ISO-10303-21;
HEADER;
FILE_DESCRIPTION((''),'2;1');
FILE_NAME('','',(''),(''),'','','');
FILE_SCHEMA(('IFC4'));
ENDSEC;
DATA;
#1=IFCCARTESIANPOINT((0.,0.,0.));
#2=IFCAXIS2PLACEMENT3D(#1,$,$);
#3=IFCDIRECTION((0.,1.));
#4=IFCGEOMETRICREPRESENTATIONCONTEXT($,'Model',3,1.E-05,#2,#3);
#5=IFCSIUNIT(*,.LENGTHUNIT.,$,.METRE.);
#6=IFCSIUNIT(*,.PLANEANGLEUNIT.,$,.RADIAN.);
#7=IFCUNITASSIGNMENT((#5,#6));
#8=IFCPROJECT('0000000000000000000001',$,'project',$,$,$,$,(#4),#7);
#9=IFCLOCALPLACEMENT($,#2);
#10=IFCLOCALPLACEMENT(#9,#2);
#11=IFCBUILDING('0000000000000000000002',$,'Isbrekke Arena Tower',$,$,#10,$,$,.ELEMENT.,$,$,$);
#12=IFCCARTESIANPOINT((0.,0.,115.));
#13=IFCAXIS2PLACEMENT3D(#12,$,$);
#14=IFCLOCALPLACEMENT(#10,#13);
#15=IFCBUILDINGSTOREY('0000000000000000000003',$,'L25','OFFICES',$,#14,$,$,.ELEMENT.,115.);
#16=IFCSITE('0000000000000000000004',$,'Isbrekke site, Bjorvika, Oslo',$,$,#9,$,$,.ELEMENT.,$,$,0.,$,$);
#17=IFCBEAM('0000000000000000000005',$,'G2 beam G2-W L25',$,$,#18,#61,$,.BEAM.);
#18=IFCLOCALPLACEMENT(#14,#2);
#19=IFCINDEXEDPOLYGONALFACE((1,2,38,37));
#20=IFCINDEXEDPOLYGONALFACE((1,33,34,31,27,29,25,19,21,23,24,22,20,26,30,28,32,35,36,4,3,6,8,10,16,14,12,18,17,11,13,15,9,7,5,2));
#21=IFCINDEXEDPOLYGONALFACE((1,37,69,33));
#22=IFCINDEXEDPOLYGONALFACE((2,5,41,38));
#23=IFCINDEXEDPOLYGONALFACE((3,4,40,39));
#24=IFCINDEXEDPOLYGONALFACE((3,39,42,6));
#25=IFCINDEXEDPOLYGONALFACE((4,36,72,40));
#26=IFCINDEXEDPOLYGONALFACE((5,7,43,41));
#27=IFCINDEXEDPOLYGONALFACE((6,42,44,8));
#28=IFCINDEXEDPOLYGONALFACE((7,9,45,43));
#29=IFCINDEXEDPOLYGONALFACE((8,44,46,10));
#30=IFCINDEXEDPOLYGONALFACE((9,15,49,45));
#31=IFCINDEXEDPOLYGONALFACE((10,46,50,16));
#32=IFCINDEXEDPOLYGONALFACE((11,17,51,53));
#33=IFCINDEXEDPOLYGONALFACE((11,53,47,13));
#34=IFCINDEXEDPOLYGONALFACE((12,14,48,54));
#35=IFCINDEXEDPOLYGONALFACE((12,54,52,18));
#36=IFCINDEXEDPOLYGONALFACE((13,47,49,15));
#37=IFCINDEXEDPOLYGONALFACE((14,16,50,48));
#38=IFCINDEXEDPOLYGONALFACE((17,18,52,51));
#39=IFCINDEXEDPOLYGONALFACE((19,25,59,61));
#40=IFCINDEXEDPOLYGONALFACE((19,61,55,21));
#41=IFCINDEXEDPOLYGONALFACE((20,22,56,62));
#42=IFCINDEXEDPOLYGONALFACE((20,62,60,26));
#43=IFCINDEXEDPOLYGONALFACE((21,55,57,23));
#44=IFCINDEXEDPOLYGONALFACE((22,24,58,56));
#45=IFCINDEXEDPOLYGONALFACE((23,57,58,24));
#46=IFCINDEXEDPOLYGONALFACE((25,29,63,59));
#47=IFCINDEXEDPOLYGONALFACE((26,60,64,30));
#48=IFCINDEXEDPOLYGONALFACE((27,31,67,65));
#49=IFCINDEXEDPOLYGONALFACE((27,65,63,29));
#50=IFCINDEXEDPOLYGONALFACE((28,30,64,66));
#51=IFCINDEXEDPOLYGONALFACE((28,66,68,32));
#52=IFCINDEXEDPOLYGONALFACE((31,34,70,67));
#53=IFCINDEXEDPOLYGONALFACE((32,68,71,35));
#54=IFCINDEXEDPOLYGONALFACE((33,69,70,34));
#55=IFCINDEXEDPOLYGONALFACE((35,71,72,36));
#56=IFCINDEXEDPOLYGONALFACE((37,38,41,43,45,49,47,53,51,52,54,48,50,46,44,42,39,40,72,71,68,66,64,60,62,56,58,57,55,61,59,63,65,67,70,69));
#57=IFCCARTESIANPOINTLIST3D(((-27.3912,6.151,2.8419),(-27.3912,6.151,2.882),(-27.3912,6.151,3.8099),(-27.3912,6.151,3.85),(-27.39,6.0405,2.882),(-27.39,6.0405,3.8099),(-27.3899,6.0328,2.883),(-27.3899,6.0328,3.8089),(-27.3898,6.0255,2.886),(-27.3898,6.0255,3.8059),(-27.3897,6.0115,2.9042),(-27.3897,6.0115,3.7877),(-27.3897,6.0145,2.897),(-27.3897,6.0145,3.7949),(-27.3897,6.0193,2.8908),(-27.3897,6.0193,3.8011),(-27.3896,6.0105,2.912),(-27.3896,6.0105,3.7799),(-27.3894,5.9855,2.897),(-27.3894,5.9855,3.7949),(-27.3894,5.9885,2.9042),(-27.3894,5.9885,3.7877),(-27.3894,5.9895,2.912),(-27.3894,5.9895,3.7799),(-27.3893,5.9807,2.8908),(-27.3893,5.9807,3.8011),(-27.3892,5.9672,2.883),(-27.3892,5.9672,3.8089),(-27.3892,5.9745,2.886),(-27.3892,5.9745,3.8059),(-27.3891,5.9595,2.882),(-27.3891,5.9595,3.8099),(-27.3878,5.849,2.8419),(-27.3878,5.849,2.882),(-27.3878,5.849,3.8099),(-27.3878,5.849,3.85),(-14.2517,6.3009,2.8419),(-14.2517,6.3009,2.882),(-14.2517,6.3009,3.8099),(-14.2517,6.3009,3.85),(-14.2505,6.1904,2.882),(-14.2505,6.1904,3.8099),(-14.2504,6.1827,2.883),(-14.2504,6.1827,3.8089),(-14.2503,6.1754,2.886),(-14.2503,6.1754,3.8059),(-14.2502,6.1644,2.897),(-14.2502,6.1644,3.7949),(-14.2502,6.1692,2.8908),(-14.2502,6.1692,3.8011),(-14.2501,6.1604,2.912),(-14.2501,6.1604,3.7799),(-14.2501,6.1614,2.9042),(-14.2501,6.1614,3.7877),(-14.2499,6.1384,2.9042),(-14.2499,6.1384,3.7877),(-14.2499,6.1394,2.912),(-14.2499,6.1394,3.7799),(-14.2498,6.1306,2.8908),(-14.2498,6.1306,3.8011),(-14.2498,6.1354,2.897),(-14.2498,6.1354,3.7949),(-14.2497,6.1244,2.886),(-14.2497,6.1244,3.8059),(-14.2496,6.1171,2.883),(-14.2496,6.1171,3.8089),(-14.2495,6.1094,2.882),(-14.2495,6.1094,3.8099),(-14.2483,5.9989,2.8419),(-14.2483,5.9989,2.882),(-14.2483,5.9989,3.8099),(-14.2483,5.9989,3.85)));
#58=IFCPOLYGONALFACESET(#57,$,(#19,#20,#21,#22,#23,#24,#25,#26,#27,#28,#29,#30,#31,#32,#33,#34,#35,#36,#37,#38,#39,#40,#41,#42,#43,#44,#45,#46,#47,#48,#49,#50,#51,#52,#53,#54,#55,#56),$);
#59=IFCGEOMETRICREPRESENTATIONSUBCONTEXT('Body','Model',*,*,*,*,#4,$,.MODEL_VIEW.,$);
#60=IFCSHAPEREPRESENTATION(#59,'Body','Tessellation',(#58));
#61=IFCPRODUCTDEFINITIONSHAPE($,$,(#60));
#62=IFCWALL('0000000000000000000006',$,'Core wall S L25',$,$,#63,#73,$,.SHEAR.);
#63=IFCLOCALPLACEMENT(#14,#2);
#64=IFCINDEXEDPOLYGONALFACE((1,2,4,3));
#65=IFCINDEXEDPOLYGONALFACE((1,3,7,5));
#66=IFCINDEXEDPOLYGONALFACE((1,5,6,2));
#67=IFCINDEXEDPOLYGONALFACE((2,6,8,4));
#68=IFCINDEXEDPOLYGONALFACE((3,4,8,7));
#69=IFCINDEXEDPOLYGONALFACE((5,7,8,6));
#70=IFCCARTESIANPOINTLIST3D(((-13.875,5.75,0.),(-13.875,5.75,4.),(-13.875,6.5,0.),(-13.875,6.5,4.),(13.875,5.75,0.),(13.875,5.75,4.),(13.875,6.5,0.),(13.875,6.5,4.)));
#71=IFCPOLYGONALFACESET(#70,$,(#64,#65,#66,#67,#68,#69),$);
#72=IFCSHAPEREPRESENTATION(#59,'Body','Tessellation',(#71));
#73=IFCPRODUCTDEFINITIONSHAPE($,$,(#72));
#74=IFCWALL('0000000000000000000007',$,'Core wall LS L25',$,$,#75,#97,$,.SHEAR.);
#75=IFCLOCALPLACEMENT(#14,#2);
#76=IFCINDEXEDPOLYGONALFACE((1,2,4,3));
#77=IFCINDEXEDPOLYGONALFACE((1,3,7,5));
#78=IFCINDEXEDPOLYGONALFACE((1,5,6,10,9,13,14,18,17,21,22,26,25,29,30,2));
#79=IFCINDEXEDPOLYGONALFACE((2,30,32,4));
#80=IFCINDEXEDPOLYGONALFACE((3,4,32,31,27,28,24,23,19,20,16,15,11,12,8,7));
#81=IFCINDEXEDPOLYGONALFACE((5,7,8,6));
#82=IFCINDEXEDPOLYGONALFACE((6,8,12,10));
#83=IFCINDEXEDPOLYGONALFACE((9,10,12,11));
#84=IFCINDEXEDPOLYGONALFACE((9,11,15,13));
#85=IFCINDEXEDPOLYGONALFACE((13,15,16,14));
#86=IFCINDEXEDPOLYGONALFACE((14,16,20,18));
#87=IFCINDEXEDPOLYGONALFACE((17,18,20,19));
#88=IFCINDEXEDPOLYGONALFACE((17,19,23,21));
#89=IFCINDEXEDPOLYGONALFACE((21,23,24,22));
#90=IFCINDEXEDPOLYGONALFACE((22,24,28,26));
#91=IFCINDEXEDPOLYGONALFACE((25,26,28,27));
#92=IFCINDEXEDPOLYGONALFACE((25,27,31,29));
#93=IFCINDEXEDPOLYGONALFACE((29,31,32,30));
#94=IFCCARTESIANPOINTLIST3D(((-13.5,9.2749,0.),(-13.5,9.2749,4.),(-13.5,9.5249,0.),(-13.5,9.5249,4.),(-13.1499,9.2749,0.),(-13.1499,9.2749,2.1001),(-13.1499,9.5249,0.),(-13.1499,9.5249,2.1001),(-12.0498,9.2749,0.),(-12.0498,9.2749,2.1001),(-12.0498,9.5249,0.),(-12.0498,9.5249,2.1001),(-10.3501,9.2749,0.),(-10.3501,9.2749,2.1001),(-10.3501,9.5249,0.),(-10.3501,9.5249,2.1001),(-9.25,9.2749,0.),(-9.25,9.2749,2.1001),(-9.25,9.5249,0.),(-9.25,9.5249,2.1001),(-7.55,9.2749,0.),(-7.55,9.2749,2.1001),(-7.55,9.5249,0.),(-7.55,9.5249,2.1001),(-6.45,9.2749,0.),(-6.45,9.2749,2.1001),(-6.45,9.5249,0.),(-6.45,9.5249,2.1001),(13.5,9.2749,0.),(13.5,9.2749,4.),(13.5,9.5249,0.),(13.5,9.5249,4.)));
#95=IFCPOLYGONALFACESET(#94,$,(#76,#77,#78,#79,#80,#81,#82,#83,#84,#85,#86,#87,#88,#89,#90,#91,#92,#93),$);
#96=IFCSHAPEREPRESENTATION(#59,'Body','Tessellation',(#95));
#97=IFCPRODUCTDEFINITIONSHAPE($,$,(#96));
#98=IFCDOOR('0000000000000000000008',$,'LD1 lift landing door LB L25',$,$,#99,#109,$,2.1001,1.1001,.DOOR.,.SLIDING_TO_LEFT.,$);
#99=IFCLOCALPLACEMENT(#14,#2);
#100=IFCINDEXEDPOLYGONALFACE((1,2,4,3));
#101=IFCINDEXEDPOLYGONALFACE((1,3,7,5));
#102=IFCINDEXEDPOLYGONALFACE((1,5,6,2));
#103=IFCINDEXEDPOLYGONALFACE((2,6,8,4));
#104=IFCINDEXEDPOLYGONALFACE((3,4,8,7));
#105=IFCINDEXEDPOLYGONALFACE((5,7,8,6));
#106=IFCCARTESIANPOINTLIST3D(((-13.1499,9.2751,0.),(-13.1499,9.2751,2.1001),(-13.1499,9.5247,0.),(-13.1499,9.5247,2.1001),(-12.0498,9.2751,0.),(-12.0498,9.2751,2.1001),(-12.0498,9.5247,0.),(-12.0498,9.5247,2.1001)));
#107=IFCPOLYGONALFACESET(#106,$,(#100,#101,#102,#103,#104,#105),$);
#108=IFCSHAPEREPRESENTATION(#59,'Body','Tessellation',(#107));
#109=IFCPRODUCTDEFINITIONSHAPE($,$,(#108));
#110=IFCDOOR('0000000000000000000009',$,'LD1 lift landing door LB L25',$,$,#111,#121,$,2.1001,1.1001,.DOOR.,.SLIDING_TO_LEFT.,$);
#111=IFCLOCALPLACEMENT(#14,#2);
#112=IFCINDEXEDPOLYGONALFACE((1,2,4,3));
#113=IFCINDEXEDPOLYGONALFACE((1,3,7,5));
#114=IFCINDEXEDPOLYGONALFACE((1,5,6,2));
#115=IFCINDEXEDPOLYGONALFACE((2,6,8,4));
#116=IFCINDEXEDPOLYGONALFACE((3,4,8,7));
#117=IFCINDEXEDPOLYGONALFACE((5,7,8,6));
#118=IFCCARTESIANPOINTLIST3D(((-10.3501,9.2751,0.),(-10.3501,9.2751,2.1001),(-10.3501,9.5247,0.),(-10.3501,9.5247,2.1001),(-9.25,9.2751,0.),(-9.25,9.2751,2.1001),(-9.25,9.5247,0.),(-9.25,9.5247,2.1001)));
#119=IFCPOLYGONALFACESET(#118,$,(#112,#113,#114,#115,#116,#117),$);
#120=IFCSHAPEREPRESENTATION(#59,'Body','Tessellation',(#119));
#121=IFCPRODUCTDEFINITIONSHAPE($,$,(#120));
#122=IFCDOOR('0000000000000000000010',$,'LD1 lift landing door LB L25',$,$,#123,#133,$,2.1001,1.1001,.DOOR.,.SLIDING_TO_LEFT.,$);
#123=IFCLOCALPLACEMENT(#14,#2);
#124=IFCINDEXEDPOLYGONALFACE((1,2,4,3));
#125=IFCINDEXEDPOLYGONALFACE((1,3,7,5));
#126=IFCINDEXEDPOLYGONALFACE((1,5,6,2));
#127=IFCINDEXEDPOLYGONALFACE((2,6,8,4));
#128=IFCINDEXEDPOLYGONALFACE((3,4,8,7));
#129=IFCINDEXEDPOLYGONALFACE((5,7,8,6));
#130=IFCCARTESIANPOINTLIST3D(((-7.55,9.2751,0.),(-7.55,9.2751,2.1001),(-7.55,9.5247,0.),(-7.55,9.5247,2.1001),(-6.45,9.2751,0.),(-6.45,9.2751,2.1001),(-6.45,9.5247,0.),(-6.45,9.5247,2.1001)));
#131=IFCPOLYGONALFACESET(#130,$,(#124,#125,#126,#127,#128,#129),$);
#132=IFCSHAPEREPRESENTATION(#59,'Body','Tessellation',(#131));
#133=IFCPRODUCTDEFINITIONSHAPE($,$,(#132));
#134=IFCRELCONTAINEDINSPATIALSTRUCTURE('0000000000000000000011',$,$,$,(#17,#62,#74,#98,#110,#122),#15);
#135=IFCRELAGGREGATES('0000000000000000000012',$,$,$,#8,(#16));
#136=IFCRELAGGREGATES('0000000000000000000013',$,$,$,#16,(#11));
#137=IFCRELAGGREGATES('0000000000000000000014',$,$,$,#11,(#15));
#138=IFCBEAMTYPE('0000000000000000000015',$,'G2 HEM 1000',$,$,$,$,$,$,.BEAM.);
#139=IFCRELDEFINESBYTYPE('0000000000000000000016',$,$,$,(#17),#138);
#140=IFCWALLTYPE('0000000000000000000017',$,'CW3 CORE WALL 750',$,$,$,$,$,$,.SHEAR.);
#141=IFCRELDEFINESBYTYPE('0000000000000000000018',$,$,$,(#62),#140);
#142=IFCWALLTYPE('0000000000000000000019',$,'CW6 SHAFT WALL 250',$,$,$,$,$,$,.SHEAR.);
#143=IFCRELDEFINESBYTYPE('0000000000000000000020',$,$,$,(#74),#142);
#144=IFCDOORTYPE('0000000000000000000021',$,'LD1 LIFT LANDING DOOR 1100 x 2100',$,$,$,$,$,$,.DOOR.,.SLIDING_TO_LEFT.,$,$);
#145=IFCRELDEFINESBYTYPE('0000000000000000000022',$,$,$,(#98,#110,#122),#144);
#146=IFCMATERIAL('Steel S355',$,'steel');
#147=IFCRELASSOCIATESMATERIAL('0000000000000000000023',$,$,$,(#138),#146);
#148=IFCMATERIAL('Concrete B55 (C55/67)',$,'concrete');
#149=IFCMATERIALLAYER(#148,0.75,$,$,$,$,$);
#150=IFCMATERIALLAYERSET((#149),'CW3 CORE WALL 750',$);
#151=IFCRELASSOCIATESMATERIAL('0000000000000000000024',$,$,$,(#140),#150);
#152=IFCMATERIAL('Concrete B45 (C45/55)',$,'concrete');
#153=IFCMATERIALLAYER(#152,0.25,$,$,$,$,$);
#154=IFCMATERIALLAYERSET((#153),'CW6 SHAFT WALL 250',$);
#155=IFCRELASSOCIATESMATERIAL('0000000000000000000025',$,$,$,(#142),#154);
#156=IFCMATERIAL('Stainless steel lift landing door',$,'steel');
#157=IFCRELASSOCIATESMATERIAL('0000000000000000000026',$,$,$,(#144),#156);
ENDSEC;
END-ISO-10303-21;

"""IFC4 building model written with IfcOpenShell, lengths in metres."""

from ifc_helpers import new_model, si_unit, direction, frame, frame_2d, origin, origin_2d, place, context, subcontext, project, spatial, rectangle, i_section, extrude, material, layer, layer_set, material_profile, profile_set, type_object, element, fill, save


model = new_model("IFC4")

# Units and contexts
model_context = context("Model", 3, precision=1e-05, world=origin(), true_north=direction((0.0, 1.0)))
body_context = subcontext(model_context, "Body", "Model", "MODEL_VIEW")
ifc_project = project(units=[si_unit("LENGTHUNIT", "METRE"), si_unit("PLANEANGLEUNIT", "RADIAN")], contexts=[model_context])

# Site, building, storey
site_placement = place(None, origin())
site = spatial("IfcSite", under=ifc_project, at=site_placement, Name="Isbrekke site, Bjorvika, Oslo", CompositionType="ELEMENT", RefElevation=0.0)
building_placement = place(site_placement, origin())
building = spatial("IfcBuilding", under=site, at=building_placement, Name="Isbrekke Arena Tower", CompositionType="ELEMENT")
storey_placement = place(building_placement, frame((0.0, 0.0, 115.0)))
storey = spatial("IfcBuildingStorey", under=building, at=storey_placement, Name="L25", Description="OFFICES", CompositionType="ELEMENT", Elevation=115.0)

# Beam
ifc_material_1 = material(Name="Steel S355", Category="steel")
ifc_material_profile = material_profile(ifc_material_1, i_section(OverallWidth=0.302, OverallDepth=1.0081, WebThickness=0.021, FlangeThickness=0.04, FilletRadius=0.03, at=origin_2d()), Name="HEM 1000")
ifc_profile_set = profile_set([ifc_material_profile], Name="Steel S355")
beam_type = type_object("IfcBeamType", Name="G2 HEM 1000", PredefinedType="BEAM", material=ifc_profile_set)
beam_placement = place(storey_placement, frame((-14.25, 6.1499, 3.3459), z_axis=(-0.999935, -0.011408, 0.0), x_axis=(0.011408, -0.999935, 0.0)))
element("IfcBeam", 1, at=beam_placement, inside=storey, type_object=beam_type, Name="G2 beam G2-W L25", PredefinedType="BEAM", context=body_context, shape_type="SweptSolid", body=[
    extrude(i_section(OverallWidth=0.302, OverallDepth=1.0081, WebThickness=0.021, FlangeThickness=0.04, FilletRadius=0.03, at=origin_2d()), origin(), (0.0, 0.0, 1.0), 13.1404),
])

# Wall
ifc_material_2 = material(Name="Concrete B55 (C55/67)", Category="concrete")
ifc_layer_1 = layer(ifc_material_2, 0.75)
ifc_layer_set_1 = layer_set([ifc_layer_1], Name="CW3 CORE WALL 750")
wall_type_1 = type_object("IfcWallType", Name="CW3 CORE WALL 750", PredefinedType="SHEAR", material=ifc_layer_set_1)
wall_1_placement = place(storey_placement, frame((-13.875, 6.125, 0.0), z_axis=(0.0, 0.0, 1.0), x_axis=(1.0, 0.0, 0.0)))
element("IfcWall", 2, at=wall_1_placement, inside=storey, type_object=wall_type_1, Name="Core wall S L25", PredefinedType="SHEAR", context=body_context, shape_type="SweptSolid", body=[
    extrude(rectangle(XDim=27.75, YDim=0.75, at=frame_2d((13.875, 0.0))), origin(), (0.0, 0.0, 1.0), 4.0),
])

# Wall, openings, doors
ifc_material_3 = material(Name="Concrete B45 (C45/55)", Category="concrete")
ifc_layer_2 = layer(ifc_material_3, 0.25)
ifc_layer_set_2 = layer_set([ifc_layer_2], Name="CW6 SHAFT WALL 250")
wall_type_2 = type_object("IfcWallType", Name="CW6 SHAFT WALL 250", PredefinedType="SHEAR", material=ifc_layer_set_2)
wall_2_placement = place(storey_placement, frame((-13.5, 9.3999, 0.0), z_axis=(0.0, 0.0, 1.0), x_axis=(1.0, 0.0, 0.0)))
wall_2 = element("IfcWall", 3, at=wall_2_placement, inside=storey, type_object=wall_type_2, Name="Core wall LS L25", PredefinedType="SHEAR", context=body_context, shape_type="SweptSolid", body=[
    extrude(rectangle(XDim=27.0, YDim=0.25, at=frame_2d((13.5, 0.0))), origin(), (0.0, 0.0, 1.0), 4.0),
])
opening_1_placement = place(wall_2_placement, frame((0.3501, 0.0, 0.0)))
opening_1 = element("IfcOpeningElement", 4, at=opening_1_placement, cuts=wall_2, PredefinedType="OPENING", context=body_context, shape_type="SweptSolid", body=[
    extrude(rectangle(XDim=1.1001, YDim=2.1001, at=frame_2d((0.55, 1.05))), frame((0.0, 0.1399, 0.0), z_axis=(0.0, -1.0, 0.0), x_axis=(1.0, 0.0, 0.0)), (0.0, 0.0, 1.0), 0.2798),
])
opening_2_placement = place(wall_2_placement, frame((3.1499, 0.0, 0.0)))
opening_2 = element("IfcOpeningElement", 5, at=opening_2_placement, cuts=wall_2, PredefinedType="OPENING", context=body_context, shape_type="SweptSolid", body=[
    extrude(rectangle(XDim=1.1001, YDim=2.1001, at=frame_2d((0.55, 1.05))), frame((0.0, 0.1399, 0.0), z_axis=(0.0, -1.0, 0.0), x_axis=(1.0, 0.0, 0.0)), (0.0, 0.0, 1.0), 0.2798),
])
opening_3_placement = place(wall_2_placement, frame((5.95, 0.0, 0.0)))
opening_3 = element("IfcOpeningElement", 6, at=opening_3_placement, cuts=wall_2, PredefinedType="OPENING", context=body_context, shape_type="SweptSolid", body=[
    extrude(rectangle(XDim=1.1001, YDim=2.1001, at=frame_2d((0.55, 1.05))), frame((0.0, 0.1399, 0.0), z_axis=(0.0, -1.0, 0.0), x_axis=(1.0, 0.0, 0.0)), (0.0, 0.0, 1.0), 0.2798),
])
ifc_material_4 = material(Name="Stainless steel lift landing door", Category="steel")
door_type_1 = type_object("IfcDoorType", Name="LD1 LIFT LANDING DOOR 1100 x 2100", OperationType="SLIDING_TO_LEFT", PredefinedType="DOOR", material=ifc_material_4)
door_1_placement = place(opening_1_placement, origin())
door_1 = element("IfcDoor", 7, at=door_1_placement, inside=storey, type_object=door_type_1, Name="LD1 lift landing door LB L25", OperationType="SLIDING_TO_LEFT", OverallHeight=2.1001, OverallWidth=1.1001, PredefinedType="DOOR", context=body_context, shape_type="SweptSolid", body=[
    extrude(rectangle(XDim=1.1001, YDim=2.1001, at=frame_2d((0.55, 1.05))), frame((0.0, 0.1248, 0.0), z_axis=(0.0, -1.0, 0.0), x_axis=(1.0, 0.0, 0.0)), (0.0, 0.0, 1.0), 0.2495),
])
fill(opening_1, door_1)
door_2_placement = place(opening_2_placement, origin())
door_2 = element("IfcDoor", 8, at=door_2_placement, inside=storey, type_object=door_type_1, Name="LD1 lift landing door LB L25", OperationType="SLIDING_TO_LEFT", OverallHeight=2.1001, OverallWidth=1.1001, PredefinedType="DOOR", context=body_context, shape_type="SweptSolid", body=[
    extrude(rectangle(XDim=1.1001, YDim=2.1001, at=frame_2d((0.55, 1.05))), frame((0.0, 0.1248, 0.0), z_axis=(0.0, -1.0, 0.0), x_axis=(1.0, 0.0, 0.0)), (0.0, 0.0, 1.0), 0.2495),
])
fill(opening_2, door_2)
door_3_placement = place(opening_3_placement, origin())
door_3 = element("IfcDoor", 9, at=door_3_placement, inside=storey, type_object=door_type_1, Name="LD1 lift landing door LB L25", OperationType="SLIDING_TO_LEFT", OverallHeight=2.1001, OverallWidth=1.1001, PredefinedType="DOOR", context=body_context, shape_type="SweptSolid", body=[
    extrude(rectangle(XDim=1.1001, YDim=2.1001, at=frame_2d((0.55, 1.05))), frame((0.0, 0.1248, 0.0), z_axis=(0.0, -1.0, 0.0), x_axis=(1.0, 0.0, 0.0)), (0.0, 0.0, 1.0), 0.2495),
])
fill(opening_3, door_3)

save(model, "model.ifc")
